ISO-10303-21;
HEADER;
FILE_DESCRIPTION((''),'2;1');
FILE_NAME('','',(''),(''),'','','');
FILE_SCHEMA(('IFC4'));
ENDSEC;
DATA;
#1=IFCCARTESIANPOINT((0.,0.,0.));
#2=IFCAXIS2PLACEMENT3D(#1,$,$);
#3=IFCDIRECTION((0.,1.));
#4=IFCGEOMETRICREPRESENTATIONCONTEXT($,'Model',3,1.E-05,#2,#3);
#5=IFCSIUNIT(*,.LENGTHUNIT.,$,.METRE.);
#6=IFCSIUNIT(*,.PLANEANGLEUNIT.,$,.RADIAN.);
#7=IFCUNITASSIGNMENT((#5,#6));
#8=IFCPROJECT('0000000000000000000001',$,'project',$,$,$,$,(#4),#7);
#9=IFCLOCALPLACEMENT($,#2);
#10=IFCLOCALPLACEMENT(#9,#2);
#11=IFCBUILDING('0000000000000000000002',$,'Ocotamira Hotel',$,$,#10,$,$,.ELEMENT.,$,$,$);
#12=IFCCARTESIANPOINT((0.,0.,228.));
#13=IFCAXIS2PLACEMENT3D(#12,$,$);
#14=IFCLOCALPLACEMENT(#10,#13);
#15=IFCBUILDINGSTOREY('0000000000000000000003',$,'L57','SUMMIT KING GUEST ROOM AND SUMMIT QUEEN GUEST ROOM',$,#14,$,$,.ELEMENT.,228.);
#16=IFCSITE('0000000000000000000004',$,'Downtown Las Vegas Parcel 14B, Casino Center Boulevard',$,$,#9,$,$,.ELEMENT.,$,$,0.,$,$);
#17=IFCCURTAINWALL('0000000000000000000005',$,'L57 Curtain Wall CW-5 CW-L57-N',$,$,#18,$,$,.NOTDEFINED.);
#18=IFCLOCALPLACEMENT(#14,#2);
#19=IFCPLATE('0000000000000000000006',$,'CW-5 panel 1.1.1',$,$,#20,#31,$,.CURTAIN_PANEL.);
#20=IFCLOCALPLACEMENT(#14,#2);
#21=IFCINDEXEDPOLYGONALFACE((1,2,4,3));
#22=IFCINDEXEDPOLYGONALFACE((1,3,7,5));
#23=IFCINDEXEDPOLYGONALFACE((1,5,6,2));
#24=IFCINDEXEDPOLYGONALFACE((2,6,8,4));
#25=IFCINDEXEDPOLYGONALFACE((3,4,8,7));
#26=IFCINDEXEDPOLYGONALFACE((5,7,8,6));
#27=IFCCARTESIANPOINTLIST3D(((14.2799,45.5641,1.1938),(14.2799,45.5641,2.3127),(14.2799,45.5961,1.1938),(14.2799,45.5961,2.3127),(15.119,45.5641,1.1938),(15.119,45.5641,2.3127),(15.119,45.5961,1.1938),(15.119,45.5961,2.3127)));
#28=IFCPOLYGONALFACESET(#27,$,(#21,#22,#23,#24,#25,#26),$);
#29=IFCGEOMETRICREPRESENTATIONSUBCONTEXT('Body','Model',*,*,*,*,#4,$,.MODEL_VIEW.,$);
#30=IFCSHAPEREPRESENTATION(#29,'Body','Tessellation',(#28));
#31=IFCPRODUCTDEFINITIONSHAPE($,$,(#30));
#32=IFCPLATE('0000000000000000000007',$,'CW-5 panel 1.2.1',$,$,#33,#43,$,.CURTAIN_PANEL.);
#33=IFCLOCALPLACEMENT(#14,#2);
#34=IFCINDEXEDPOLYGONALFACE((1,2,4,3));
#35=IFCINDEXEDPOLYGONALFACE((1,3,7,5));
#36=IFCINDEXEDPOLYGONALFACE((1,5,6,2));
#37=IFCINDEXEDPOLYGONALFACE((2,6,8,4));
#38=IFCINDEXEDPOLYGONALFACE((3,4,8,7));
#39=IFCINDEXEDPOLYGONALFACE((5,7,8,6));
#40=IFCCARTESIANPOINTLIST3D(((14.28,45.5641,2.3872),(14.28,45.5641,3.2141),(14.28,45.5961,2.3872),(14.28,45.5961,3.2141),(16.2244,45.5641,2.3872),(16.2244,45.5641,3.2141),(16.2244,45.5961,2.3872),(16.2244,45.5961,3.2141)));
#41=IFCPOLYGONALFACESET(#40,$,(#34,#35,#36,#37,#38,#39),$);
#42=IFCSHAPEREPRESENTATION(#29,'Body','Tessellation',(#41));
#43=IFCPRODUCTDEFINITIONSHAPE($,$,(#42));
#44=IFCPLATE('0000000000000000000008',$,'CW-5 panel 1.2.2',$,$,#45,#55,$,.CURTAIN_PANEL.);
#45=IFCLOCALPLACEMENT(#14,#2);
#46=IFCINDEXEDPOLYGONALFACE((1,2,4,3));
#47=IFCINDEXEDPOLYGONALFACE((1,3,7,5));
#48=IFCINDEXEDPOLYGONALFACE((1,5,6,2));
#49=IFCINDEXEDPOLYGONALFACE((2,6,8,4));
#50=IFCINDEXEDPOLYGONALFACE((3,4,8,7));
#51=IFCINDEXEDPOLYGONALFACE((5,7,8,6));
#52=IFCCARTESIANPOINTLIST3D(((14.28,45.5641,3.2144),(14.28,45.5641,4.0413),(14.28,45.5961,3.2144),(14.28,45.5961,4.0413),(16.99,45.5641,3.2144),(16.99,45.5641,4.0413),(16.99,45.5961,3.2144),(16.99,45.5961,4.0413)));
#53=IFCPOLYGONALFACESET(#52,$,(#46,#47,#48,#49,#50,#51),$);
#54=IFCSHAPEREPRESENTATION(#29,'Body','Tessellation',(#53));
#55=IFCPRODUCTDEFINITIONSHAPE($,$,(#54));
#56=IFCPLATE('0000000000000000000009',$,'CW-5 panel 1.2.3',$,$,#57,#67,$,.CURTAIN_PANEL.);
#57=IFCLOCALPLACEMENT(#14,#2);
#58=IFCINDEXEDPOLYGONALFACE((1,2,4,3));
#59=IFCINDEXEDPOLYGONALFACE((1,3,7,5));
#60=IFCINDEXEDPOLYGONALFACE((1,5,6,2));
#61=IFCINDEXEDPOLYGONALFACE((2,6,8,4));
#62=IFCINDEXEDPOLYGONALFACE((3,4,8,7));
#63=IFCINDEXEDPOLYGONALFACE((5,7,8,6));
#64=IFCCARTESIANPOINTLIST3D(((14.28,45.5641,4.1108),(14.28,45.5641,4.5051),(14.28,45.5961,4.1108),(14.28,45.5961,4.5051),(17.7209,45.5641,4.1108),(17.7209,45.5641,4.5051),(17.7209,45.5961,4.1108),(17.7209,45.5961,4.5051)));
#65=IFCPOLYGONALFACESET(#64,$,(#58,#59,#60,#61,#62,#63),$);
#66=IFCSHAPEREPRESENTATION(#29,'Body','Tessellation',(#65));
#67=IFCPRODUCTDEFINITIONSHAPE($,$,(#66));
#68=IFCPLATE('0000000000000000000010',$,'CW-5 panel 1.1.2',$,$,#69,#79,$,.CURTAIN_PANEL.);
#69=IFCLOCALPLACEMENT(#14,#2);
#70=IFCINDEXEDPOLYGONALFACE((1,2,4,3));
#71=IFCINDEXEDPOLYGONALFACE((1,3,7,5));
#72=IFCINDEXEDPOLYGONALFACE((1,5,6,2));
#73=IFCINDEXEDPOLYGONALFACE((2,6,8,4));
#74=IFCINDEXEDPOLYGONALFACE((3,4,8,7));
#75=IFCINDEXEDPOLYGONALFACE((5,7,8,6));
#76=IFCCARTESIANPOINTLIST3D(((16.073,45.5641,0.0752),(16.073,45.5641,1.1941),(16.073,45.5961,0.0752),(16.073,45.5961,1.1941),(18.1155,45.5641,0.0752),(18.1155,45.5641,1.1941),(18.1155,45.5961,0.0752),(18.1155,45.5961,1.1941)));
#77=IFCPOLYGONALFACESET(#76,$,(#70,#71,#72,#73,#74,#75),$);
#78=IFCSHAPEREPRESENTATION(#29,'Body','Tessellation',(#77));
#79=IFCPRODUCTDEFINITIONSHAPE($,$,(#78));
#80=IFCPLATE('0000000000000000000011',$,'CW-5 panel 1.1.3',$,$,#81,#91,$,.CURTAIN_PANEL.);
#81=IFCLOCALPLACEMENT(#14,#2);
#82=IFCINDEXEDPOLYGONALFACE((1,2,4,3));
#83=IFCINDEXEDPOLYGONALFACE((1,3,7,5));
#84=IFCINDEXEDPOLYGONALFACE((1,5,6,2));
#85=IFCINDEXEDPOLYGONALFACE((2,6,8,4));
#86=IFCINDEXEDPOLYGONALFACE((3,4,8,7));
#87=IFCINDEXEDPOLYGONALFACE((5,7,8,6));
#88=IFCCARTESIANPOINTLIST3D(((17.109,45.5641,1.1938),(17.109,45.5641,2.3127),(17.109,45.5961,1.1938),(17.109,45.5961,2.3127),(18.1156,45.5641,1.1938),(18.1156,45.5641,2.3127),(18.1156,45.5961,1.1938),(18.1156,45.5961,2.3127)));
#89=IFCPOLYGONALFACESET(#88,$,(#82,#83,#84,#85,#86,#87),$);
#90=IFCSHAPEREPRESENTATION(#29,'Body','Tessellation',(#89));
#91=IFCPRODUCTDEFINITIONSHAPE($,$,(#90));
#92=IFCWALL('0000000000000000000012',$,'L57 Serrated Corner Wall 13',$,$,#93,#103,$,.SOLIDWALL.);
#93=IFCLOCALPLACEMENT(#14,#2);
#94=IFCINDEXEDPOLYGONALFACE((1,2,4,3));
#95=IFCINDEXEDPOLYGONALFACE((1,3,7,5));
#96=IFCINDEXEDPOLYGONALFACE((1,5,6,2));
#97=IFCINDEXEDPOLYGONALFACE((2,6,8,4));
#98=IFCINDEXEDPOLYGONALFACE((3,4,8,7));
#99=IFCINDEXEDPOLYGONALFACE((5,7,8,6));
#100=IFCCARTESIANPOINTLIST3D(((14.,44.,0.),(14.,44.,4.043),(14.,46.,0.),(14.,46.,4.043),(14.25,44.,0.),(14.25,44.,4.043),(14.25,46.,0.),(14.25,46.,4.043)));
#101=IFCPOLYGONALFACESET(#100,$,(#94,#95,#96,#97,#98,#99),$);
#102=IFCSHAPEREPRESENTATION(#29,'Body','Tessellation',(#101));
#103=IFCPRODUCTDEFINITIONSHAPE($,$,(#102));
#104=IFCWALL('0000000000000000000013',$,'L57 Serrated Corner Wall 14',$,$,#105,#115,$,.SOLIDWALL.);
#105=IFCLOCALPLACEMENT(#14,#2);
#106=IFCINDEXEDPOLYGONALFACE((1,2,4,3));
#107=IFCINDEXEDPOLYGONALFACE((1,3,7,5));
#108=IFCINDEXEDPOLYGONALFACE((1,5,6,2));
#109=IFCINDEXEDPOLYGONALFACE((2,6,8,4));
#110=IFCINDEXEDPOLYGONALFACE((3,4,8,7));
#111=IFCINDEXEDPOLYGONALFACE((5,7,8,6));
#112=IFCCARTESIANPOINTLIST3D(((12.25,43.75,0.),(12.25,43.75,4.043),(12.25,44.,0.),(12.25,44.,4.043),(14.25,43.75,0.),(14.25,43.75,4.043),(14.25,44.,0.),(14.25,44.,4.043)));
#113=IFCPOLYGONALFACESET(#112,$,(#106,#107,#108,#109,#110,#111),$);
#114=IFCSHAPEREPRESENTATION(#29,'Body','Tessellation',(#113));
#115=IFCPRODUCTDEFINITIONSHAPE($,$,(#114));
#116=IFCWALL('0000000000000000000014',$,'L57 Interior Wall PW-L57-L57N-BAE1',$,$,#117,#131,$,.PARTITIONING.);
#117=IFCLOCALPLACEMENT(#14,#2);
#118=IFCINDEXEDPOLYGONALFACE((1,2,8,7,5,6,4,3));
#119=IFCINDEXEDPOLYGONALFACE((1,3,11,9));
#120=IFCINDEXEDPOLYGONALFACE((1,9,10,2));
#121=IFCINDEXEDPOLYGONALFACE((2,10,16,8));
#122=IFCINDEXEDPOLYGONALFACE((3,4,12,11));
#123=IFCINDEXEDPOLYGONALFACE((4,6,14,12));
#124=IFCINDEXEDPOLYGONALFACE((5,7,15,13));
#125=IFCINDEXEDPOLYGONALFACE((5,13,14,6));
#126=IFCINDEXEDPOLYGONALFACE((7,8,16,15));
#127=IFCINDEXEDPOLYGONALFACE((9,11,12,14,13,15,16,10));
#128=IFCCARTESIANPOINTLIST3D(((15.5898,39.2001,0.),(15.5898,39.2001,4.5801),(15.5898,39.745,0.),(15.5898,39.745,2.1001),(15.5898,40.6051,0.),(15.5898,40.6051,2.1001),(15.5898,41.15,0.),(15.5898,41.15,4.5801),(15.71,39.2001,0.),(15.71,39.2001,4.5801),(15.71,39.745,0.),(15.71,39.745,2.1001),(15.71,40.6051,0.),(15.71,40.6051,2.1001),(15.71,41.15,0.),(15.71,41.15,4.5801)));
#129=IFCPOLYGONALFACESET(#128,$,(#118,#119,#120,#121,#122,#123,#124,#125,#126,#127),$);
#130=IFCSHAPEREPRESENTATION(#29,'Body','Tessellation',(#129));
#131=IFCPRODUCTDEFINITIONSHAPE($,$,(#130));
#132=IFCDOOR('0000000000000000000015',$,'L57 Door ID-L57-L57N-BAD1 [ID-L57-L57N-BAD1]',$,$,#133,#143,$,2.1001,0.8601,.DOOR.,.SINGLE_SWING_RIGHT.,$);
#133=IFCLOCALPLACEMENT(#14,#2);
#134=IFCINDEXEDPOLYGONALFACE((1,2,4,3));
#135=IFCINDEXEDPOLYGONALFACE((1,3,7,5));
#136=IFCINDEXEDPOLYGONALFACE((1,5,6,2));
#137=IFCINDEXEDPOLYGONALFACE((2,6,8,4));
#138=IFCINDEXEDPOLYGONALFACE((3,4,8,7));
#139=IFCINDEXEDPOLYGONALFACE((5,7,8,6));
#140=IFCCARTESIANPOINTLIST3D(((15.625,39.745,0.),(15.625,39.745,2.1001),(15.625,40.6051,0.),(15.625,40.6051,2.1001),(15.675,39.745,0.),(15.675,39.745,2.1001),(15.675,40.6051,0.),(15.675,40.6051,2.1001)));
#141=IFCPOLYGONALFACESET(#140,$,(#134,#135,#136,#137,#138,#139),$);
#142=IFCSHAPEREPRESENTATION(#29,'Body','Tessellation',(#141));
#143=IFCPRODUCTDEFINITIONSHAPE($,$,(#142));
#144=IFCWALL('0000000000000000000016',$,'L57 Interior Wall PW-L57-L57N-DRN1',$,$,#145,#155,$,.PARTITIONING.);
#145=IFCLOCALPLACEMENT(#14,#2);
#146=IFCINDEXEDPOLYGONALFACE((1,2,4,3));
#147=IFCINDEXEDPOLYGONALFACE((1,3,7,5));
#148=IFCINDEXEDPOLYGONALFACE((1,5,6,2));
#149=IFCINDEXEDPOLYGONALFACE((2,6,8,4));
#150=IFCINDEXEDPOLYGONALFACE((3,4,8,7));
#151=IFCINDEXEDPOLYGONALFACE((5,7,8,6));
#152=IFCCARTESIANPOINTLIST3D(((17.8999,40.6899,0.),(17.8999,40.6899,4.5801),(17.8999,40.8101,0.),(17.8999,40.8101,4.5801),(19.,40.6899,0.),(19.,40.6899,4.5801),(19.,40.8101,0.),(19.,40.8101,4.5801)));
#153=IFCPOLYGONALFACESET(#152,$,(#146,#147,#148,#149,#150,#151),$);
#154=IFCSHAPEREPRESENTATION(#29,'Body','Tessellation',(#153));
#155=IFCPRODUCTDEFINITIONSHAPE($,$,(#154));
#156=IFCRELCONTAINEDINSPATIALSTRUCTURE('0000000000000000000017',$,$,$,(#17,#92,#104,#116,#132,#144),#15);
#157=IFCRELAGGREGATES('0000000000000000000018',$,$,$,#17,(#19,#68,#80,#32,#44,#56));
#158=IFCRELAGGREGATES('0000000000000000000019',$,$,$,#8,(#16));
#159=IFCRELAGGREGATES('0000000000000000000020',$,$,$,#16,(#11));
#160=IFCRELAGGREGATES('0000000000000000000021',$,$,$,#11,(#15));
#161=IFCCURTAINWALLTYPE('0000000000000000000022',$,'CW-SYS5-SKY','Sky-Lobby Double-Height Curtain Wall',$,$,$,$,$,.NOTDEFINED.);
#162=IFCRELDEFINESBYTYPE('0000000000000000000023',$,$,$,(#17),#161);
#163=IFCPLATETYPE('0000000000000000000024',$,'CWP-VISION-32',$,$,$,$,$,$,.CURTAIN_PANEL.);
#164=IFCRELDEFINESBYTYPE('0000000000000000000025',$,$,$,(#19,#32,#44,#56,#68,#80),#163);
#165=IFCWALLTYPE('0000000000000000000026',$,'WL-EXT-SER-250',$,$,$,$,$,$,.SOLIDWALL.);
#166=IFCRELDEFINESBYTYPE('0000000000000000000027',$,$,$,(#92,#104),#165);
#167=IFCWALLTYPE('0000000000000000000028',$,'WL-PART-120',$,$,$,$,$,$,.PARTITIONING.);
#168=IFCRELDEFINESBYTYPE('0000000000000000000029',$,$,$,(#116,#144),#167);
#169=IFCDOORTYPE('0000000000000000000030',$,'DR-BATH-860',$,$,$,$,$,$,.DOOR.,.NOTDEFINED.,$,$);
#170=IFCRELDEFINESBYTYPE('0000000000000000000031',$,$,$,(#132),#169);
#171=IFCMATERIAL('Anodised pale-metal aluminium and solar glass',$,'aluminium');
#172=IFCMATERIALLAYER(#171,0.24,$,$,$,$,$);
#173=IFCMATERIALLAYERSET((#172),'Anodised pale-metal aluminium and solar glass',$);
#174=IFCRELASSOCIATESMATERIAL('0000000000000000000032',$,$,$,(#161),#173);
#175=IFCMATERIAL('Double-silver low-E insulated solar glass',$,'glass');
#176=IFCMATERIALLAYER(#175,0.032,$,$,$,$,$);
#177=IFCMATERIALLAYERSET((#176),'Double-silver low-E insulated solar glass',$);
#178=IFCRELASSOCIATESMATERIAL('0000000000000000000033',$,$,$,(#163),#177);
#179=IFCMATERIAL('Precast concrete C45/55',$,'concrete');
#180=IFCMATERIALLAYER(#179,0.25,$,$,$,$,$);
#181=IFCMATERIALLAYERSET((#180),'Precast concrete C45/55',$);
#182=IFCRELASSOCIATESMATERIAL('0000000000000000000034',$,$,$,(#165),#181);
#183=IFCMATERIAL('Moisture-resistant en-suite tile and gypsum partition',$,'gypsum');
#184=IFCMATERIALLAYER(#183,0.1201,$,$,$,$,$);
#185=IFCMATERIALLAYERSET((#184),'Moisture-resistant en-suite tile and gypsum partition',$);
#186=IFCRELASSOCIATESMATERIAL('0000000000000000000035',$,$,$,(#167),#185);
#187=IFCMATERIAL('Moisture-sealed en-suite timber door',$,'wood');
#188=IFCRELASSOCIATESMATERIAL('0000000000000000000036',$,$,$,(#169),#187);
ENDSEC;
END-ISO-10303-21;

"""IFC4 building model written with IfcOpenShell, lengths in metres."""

from ifc_helpers import new_model, si_unit, direction, frame, frame_2d, origin, origin_2d, place, context, subcontext, project, spatial, rectangle, extrude, source, transform, mapped, material, layer, layer_set, type_object, element, fill, aggregate, save


model = new_model("IFC4")

# Units and contexts
model_context = context("Model", 3, precision=1e-05, world=origin(), true_north=direction((0.0, 1.0)))
body_context = subcontext(model_context, "Body", "Model", "MODEL_VIEW")
ifc_project = project(units=[si_unit("LENGTHUNIT", "METRE"), si_unit("PLANEANGLEUNIT", "RADIAN")], contexts=[model_context])

# Site, building, storey
site_placement = place(None, origin())
site = spatial("IfcSite", under=ifc_project, at=site_placement, Name="Downtown Las Vegas Parcel 14B, Casino Center Boulevard", CompositionType="ELEMENT", RefElevation=0.0)
building_placement = place(site_placement, origin())
building = spatial("IfcBuilding", under=site, at=building_placement, Name="Ocotamira Hotel", CompositionType="ELEMENT")
storey_placement = place(building_placement, frame((0.0, 0.0, 228.0)))
storey = spatial("IfcBuildingStorey", under=building, at=storey_placement, Name="L57", Description="SUMMIT KING GUEST ROOM AND SUMMIT QUEEN GUEST ROOM", CompositionType="ELEMENT", Elevation=228.0)

# Curtain wall, plates
ifc_material_1 = material(Name="Anodised pale-metal aluminium and solar glass", Category="aluminium")
ifc_layer_1 = layer(ifc_material_1, 0.24)
ifc_layer_set_1 = layer_set([ifc_layer_1], Name="Anodised pale-metal aluminium and solar glass")
curtain_wall_type = type_object("IfcCurtainWallType", Name="CW-SYS5-SKY", Description="Sky-Lobby Double-Height Curtain Wall", PredefinedType="NOTDEFINED", material=ifc_layer_set_1)
curtain_wall_placement = place(storey_placement, origin())
curtain_wall = element("IfcCurtainWall", 1, at=curtain_wall_placement, inside=storey, type_object=curtain_wall_type, Name="L57 Curtain Wall CW-5 CW-L57-N", PredefinedType="NOTDEFINED")
ifc_material_2 = material(Name="Double-silver low-E insulated solar glass", Category="glass")
ifc_layer_2 = layer(ifc_material_2, 0.032)
ifc_layer_set_2 = layer_set([ifc_layer_2], Name="Double-silver low-E insulated solar glass")
plate_type = type_object("IfcPlateType", Name="CWP-VISION-32", PredefinedType="CURTAIN_PANEL", material=ifc_layer_set_2)
shared_shape_1 = source(origin(), body_context, "Body", "SweptSolid", [
    extrude(rectangle(XDim=0.8391, YDim=0.032, at=origin_2d()), origin(), (0.0, 0.0, 1.0), 1.1189),
])
plate_1_placement = place(storey_placement, frame((14.6995, 45.5801, 1.1938), z_axis=(0.0, 0.0, 1.0), x_axis=(1.0, 0.0, 0.0)))
plate_1 = element("IfcPlate", 2, at=plate_1_placement, type_object=plate_type, Name="CW-5 panel 1.1.1", PredefinedType="CURTAIN_PANEL", context=body_context, shape_type="MappedRepresentation", body=[
    mapped(shared_shape_1, transform((0.0, 0.0, 0.0), scale=1.0)),
])
shared_shape_2 = source(origin(), body_context, "Body", "SweptSolid", [
    extrude(rectangle(XDim=1.9443, YDim=0.032, at=origin_2d()), origin(), (0.0, 0.0, 1.0), 0.8269),
])
plate_2_placement = place(storey_placement, frame((15.2522, 45.5801, 2.3872), z_axis=(0.0, 0.0, 1.0), x_axis=(1.0, 0.0, 0.0)))
plate_2 = element("IfcPlate", 3, at=plate_2_placement, type_object=plate_type, Name="CW-5 panel 1.2.1", PredefinedType="CURTAIN_PANEL", context=body_context, shape_type="MappedRepresentation", body=[
    mapped(shared_shape_2, transform((0.0, 0.0, 0.0), scale=1.0)),
])
shared_shape_3 = source(origin(), body_context, "Body", "SweptSolid", [
    extrude(rectangle(XDim=2.71, YDim=0.032, at=origin_2d()), origin(), (0.0, 0.0, 1.0), 0.8269),
])
plate_3_placement = place(storey_placement, frame((15.635, 45.5801, 3.2144), z_axis=(0.0, 0.0, 1.0), x_axis=(1.0, 0.0, 0.0)))
plate_3 = element("IfcPlate", 4, at=plate_3_placement, type_object=plate_type, Name="CW-5 panel 1.2.2", PredefinedType="CURTAIN_PANEL", context=body_context, shape_type="MappedRepresentation", body=[
    mapped(shared_shape_3, transform((0.0, 0.0, 0.0), scale=1.0)),
])
shared_shape_4 = source(origin(), body_context, "Body", "SweptSolid", [
    extrude(rectangle(XDim=3.4409, YDim=0.032, at=origin_2d()), origin(), (0.0, 0.0, 1.0), 0.3943),
])
plate_4_placement = place(storey_placement, frame((16.0005, 45.5801, 4.1108), z_axis=(0.0, 0.0, 1.0), x_axis=(1.0, 0.0, 0.0)))
plate_4 = element("IfcPlate", 5, at=plate_4_placement, type_object=plate_type, Name="CW-5 panel 1.2.3", PredefinedType="CURTAIN_PANEL", context=body_context, shape_type="MappedRepresentation", body=[
    mapped(shared_shape_4, transform((0.0, 0.0, 0.0), scale=1.0)),
])
shared_shape_5 = source(origin(), body_context, "Body", "SweptSolid", [
    extrude(rectangle(XDim=2.0425, YDim=0.032, at=origin_2d()), origin(), (0.0, 0.0, 1.0), 1.1189),
])
plate_5_placement = place(storey_placement, frame((17.0942, 45.5801, 0.0752), z_axis=(0.0, 0.0, 1.0), x_axis=(1.0, 0.0, 0.0)))
plate_5 = element("IfcPlate", 6, at=plate_5_placement, type_object=plate_type, Name="CW-5 panel 1.1.2", PredefinedType="CURTAIN_PANEL", context=body_context, shape_type="MappedRepresentation", body=[
    mapped(shared_shape_5, transform((0.0, 0.0, 0.0), scale=1.0)),
])
shared_shape_6 = source(origin(), body_context, "Body", "SweptSolid", [
    extrude(rectangle(XDim=1.0066, YDim=0.032, at=origin_2d()), origin(), (0.0, 0.0, 1.0), 1.1189),
])
plate_6_placement = place(storey_placement, frame((17.6123, 45.5801, 1.1938), z_axis=(0.0, 0.0, 1.0), x_axis=(1.0, 0.0, 0.0)))
plate_6 = element("IfcPlate", 7, at=plate_6_placement, type_object=plate_type, Name="CW-5 panel 1.1.3", PredefinedType="CURTAIN_PANEL", context=body_context, shape_type="MappedRepresentation", body=[
    mapped(shared_shape_6, transform((0.0, 0.0, 0.0), scale=1.0)),
])
aggregate(curtain_wall, [plate_1, plate_5, plate_6, plate_2, plate_3, plate_4])

# Walls
ifc_material_3 = material(Name="Precast concrete C45/55", Category="concrete")
ifc_layer_3 = layer(ifc_material_3, 0.25)
ifc_layer_set_3 = layer_set([ifc_layer_3], Name="Precast concrete C45/55")
wall_type_1 = type_object("IfcWallType", Name="WL-EXT-SER-250", PredefinedType="SOLIDWALL", material=ifc_layer_set_3)
for number, where, z_axis, x_axis, name in (
    (8, (14.125, 46.0, 0.0), (0.0, 0.0, 1.0), (0.0, -1.0, 0.0), "L57 Serrated Corner Wall 13"),
    (9, (14.25, 43.875, 0.0), (0.0, 0.0, 1.0), (-1.0, 0.0, 0.0), "L57 Serrated Corner Wall 14"),
):
    element("IfcWall", number, at=place(storey_placement, frame(where, z_axis=z_axis, x_axis=x_axis)), inside=storey, type_object=wall_type_1, Name=name, PredefinedType="SOLIDWALL", context=body_context, shape_type="SweptSolid", body=[
        extrude(rectangle(XDim=2.0, YDim=0.25, at=frame_2d((1.0, 0.0))), origin(), (0.0, 0.0, 1.0), 4.043),
    ])

# Wall, opening, door
ifc_material_4 = material(Name="Moisture-resistant en-suite tile and gypsum partition", Category="gypsum")
ifc_layer_4 = layer(ifc_material_4, 0.1201)
ifc_layer_set_4 = layer_set([ifc_layer_4], Name="Moisture-resistant en-suite tile and gypsum partition")
wall_type_2 = type_object("IfcWallType", Name="WL-PART-120", PredefinedType="PARTITIONING", material=ifc_layer_set_4)
wall_1_placement = place(storey_placement, frame((15.6499, 39.2, 0.0), z_axis=(0.0, 0.0, 1.0), x_axis=(0.0, 1.0, 0.0)))
wall_1 = element("IfcWall", 10, at=wall_1_placement, inside=storey, type_object=wall_type_2, Name="L57 Interior Wall PW-L57-L57N-BAE1", PredefinedType="PARTITIONING", context=body_context, shape_type="SweptSolid", body=[
    extrude(rectangle(XDim=1.95, YDim=0.1201, at=frame_2d((0.9751, 0.0))), origin(), (0.0, 0.0, 1.0), 4.5801),
])
opening_placement = place(wall_1_placement, frame((0.5449, 0.0, 0.0)))
opening = element("IfcOpeningElement", 11, at=opening_placement, cuts=wall_1, PredefinedType="OPENING", context=body_context, shape_type="SweptSolid", body=[
    extrude(rectangle(XDim=0.8601, YDim=2.1001, at=frame_2d((0.4302, 1.05))), frame((0.0, 0.0701, 0.0), z_axis=(0.0, -1.0, 0.0), x_axis=(1.0, 0.0, 0.0)), (0.0, 0.0, 1.0), 0.1401),
])
ifc_material_5 = material(Name="Moisture-sealed en-suite timber door", Category="wood")
door_type = type_object("IfcDoorType", Name="DR-BATH-860", OperationType="NOTDEFINED", PredefinedType="DOOR", material=ifc_material_5)
shared_shape_7 = source(origin(), body_context, "Body", "SweptSolid", [
    extrude(rectangle(XDim=0.8601, YDim=2.1001, at=frame_2d((0.4302, 1.05))), frame((0.0, 0.0249, 0.0), z_axis=(0.0, -1.0, 0.0), x_axis=(1.0, 0.0, 0.0)), (0.0, 0.0, 1.0), 0.05),
])
door_placement = place(opening_placement, origin())
door = element("IfcDoor", 12, at=door_placement, inside=storey, type_object=door_type, Name="L57 Door ID-L57-L57N-BAD1 [ID-L57-L57N-BAD1]", OperationType="SINGLE_SWING_RIGHT", OverallHeight=2.1001, OverallWidth=0.8601, PredefinedType="DOOR", context=body_context, shape_type="MappedRepresentation", body=[
    mapped(shared_shape_7, transform((0.0, 0.0, 0.0), scale=1.0)),
])
fill(opening, door)

# Wall
wall_2_placement = place(storey_placement, frame((17.8999, 40.75, 0.0), z_axis=(0.0, 0.0, 1.0), x_axis=(1.0, 0.0, 0.0)))
element("IfcWall", 13, at=wall_2_placement, inside=storey, type_object=wall_type_2, Name="L57 Interior Wall PW-L57-L57N-DRN1", PredefinedType="PARTITIONING", context=body_context, shape_type="SweptSolid", body=[
    extrude(rectangle(XDim=1.1001, YDim=0.1201, at=frame_2d((0.55, 0.0))), origin(), (0.0, 0.0, 1.0), 4.5801),
])

save(model, "model.ifc")
